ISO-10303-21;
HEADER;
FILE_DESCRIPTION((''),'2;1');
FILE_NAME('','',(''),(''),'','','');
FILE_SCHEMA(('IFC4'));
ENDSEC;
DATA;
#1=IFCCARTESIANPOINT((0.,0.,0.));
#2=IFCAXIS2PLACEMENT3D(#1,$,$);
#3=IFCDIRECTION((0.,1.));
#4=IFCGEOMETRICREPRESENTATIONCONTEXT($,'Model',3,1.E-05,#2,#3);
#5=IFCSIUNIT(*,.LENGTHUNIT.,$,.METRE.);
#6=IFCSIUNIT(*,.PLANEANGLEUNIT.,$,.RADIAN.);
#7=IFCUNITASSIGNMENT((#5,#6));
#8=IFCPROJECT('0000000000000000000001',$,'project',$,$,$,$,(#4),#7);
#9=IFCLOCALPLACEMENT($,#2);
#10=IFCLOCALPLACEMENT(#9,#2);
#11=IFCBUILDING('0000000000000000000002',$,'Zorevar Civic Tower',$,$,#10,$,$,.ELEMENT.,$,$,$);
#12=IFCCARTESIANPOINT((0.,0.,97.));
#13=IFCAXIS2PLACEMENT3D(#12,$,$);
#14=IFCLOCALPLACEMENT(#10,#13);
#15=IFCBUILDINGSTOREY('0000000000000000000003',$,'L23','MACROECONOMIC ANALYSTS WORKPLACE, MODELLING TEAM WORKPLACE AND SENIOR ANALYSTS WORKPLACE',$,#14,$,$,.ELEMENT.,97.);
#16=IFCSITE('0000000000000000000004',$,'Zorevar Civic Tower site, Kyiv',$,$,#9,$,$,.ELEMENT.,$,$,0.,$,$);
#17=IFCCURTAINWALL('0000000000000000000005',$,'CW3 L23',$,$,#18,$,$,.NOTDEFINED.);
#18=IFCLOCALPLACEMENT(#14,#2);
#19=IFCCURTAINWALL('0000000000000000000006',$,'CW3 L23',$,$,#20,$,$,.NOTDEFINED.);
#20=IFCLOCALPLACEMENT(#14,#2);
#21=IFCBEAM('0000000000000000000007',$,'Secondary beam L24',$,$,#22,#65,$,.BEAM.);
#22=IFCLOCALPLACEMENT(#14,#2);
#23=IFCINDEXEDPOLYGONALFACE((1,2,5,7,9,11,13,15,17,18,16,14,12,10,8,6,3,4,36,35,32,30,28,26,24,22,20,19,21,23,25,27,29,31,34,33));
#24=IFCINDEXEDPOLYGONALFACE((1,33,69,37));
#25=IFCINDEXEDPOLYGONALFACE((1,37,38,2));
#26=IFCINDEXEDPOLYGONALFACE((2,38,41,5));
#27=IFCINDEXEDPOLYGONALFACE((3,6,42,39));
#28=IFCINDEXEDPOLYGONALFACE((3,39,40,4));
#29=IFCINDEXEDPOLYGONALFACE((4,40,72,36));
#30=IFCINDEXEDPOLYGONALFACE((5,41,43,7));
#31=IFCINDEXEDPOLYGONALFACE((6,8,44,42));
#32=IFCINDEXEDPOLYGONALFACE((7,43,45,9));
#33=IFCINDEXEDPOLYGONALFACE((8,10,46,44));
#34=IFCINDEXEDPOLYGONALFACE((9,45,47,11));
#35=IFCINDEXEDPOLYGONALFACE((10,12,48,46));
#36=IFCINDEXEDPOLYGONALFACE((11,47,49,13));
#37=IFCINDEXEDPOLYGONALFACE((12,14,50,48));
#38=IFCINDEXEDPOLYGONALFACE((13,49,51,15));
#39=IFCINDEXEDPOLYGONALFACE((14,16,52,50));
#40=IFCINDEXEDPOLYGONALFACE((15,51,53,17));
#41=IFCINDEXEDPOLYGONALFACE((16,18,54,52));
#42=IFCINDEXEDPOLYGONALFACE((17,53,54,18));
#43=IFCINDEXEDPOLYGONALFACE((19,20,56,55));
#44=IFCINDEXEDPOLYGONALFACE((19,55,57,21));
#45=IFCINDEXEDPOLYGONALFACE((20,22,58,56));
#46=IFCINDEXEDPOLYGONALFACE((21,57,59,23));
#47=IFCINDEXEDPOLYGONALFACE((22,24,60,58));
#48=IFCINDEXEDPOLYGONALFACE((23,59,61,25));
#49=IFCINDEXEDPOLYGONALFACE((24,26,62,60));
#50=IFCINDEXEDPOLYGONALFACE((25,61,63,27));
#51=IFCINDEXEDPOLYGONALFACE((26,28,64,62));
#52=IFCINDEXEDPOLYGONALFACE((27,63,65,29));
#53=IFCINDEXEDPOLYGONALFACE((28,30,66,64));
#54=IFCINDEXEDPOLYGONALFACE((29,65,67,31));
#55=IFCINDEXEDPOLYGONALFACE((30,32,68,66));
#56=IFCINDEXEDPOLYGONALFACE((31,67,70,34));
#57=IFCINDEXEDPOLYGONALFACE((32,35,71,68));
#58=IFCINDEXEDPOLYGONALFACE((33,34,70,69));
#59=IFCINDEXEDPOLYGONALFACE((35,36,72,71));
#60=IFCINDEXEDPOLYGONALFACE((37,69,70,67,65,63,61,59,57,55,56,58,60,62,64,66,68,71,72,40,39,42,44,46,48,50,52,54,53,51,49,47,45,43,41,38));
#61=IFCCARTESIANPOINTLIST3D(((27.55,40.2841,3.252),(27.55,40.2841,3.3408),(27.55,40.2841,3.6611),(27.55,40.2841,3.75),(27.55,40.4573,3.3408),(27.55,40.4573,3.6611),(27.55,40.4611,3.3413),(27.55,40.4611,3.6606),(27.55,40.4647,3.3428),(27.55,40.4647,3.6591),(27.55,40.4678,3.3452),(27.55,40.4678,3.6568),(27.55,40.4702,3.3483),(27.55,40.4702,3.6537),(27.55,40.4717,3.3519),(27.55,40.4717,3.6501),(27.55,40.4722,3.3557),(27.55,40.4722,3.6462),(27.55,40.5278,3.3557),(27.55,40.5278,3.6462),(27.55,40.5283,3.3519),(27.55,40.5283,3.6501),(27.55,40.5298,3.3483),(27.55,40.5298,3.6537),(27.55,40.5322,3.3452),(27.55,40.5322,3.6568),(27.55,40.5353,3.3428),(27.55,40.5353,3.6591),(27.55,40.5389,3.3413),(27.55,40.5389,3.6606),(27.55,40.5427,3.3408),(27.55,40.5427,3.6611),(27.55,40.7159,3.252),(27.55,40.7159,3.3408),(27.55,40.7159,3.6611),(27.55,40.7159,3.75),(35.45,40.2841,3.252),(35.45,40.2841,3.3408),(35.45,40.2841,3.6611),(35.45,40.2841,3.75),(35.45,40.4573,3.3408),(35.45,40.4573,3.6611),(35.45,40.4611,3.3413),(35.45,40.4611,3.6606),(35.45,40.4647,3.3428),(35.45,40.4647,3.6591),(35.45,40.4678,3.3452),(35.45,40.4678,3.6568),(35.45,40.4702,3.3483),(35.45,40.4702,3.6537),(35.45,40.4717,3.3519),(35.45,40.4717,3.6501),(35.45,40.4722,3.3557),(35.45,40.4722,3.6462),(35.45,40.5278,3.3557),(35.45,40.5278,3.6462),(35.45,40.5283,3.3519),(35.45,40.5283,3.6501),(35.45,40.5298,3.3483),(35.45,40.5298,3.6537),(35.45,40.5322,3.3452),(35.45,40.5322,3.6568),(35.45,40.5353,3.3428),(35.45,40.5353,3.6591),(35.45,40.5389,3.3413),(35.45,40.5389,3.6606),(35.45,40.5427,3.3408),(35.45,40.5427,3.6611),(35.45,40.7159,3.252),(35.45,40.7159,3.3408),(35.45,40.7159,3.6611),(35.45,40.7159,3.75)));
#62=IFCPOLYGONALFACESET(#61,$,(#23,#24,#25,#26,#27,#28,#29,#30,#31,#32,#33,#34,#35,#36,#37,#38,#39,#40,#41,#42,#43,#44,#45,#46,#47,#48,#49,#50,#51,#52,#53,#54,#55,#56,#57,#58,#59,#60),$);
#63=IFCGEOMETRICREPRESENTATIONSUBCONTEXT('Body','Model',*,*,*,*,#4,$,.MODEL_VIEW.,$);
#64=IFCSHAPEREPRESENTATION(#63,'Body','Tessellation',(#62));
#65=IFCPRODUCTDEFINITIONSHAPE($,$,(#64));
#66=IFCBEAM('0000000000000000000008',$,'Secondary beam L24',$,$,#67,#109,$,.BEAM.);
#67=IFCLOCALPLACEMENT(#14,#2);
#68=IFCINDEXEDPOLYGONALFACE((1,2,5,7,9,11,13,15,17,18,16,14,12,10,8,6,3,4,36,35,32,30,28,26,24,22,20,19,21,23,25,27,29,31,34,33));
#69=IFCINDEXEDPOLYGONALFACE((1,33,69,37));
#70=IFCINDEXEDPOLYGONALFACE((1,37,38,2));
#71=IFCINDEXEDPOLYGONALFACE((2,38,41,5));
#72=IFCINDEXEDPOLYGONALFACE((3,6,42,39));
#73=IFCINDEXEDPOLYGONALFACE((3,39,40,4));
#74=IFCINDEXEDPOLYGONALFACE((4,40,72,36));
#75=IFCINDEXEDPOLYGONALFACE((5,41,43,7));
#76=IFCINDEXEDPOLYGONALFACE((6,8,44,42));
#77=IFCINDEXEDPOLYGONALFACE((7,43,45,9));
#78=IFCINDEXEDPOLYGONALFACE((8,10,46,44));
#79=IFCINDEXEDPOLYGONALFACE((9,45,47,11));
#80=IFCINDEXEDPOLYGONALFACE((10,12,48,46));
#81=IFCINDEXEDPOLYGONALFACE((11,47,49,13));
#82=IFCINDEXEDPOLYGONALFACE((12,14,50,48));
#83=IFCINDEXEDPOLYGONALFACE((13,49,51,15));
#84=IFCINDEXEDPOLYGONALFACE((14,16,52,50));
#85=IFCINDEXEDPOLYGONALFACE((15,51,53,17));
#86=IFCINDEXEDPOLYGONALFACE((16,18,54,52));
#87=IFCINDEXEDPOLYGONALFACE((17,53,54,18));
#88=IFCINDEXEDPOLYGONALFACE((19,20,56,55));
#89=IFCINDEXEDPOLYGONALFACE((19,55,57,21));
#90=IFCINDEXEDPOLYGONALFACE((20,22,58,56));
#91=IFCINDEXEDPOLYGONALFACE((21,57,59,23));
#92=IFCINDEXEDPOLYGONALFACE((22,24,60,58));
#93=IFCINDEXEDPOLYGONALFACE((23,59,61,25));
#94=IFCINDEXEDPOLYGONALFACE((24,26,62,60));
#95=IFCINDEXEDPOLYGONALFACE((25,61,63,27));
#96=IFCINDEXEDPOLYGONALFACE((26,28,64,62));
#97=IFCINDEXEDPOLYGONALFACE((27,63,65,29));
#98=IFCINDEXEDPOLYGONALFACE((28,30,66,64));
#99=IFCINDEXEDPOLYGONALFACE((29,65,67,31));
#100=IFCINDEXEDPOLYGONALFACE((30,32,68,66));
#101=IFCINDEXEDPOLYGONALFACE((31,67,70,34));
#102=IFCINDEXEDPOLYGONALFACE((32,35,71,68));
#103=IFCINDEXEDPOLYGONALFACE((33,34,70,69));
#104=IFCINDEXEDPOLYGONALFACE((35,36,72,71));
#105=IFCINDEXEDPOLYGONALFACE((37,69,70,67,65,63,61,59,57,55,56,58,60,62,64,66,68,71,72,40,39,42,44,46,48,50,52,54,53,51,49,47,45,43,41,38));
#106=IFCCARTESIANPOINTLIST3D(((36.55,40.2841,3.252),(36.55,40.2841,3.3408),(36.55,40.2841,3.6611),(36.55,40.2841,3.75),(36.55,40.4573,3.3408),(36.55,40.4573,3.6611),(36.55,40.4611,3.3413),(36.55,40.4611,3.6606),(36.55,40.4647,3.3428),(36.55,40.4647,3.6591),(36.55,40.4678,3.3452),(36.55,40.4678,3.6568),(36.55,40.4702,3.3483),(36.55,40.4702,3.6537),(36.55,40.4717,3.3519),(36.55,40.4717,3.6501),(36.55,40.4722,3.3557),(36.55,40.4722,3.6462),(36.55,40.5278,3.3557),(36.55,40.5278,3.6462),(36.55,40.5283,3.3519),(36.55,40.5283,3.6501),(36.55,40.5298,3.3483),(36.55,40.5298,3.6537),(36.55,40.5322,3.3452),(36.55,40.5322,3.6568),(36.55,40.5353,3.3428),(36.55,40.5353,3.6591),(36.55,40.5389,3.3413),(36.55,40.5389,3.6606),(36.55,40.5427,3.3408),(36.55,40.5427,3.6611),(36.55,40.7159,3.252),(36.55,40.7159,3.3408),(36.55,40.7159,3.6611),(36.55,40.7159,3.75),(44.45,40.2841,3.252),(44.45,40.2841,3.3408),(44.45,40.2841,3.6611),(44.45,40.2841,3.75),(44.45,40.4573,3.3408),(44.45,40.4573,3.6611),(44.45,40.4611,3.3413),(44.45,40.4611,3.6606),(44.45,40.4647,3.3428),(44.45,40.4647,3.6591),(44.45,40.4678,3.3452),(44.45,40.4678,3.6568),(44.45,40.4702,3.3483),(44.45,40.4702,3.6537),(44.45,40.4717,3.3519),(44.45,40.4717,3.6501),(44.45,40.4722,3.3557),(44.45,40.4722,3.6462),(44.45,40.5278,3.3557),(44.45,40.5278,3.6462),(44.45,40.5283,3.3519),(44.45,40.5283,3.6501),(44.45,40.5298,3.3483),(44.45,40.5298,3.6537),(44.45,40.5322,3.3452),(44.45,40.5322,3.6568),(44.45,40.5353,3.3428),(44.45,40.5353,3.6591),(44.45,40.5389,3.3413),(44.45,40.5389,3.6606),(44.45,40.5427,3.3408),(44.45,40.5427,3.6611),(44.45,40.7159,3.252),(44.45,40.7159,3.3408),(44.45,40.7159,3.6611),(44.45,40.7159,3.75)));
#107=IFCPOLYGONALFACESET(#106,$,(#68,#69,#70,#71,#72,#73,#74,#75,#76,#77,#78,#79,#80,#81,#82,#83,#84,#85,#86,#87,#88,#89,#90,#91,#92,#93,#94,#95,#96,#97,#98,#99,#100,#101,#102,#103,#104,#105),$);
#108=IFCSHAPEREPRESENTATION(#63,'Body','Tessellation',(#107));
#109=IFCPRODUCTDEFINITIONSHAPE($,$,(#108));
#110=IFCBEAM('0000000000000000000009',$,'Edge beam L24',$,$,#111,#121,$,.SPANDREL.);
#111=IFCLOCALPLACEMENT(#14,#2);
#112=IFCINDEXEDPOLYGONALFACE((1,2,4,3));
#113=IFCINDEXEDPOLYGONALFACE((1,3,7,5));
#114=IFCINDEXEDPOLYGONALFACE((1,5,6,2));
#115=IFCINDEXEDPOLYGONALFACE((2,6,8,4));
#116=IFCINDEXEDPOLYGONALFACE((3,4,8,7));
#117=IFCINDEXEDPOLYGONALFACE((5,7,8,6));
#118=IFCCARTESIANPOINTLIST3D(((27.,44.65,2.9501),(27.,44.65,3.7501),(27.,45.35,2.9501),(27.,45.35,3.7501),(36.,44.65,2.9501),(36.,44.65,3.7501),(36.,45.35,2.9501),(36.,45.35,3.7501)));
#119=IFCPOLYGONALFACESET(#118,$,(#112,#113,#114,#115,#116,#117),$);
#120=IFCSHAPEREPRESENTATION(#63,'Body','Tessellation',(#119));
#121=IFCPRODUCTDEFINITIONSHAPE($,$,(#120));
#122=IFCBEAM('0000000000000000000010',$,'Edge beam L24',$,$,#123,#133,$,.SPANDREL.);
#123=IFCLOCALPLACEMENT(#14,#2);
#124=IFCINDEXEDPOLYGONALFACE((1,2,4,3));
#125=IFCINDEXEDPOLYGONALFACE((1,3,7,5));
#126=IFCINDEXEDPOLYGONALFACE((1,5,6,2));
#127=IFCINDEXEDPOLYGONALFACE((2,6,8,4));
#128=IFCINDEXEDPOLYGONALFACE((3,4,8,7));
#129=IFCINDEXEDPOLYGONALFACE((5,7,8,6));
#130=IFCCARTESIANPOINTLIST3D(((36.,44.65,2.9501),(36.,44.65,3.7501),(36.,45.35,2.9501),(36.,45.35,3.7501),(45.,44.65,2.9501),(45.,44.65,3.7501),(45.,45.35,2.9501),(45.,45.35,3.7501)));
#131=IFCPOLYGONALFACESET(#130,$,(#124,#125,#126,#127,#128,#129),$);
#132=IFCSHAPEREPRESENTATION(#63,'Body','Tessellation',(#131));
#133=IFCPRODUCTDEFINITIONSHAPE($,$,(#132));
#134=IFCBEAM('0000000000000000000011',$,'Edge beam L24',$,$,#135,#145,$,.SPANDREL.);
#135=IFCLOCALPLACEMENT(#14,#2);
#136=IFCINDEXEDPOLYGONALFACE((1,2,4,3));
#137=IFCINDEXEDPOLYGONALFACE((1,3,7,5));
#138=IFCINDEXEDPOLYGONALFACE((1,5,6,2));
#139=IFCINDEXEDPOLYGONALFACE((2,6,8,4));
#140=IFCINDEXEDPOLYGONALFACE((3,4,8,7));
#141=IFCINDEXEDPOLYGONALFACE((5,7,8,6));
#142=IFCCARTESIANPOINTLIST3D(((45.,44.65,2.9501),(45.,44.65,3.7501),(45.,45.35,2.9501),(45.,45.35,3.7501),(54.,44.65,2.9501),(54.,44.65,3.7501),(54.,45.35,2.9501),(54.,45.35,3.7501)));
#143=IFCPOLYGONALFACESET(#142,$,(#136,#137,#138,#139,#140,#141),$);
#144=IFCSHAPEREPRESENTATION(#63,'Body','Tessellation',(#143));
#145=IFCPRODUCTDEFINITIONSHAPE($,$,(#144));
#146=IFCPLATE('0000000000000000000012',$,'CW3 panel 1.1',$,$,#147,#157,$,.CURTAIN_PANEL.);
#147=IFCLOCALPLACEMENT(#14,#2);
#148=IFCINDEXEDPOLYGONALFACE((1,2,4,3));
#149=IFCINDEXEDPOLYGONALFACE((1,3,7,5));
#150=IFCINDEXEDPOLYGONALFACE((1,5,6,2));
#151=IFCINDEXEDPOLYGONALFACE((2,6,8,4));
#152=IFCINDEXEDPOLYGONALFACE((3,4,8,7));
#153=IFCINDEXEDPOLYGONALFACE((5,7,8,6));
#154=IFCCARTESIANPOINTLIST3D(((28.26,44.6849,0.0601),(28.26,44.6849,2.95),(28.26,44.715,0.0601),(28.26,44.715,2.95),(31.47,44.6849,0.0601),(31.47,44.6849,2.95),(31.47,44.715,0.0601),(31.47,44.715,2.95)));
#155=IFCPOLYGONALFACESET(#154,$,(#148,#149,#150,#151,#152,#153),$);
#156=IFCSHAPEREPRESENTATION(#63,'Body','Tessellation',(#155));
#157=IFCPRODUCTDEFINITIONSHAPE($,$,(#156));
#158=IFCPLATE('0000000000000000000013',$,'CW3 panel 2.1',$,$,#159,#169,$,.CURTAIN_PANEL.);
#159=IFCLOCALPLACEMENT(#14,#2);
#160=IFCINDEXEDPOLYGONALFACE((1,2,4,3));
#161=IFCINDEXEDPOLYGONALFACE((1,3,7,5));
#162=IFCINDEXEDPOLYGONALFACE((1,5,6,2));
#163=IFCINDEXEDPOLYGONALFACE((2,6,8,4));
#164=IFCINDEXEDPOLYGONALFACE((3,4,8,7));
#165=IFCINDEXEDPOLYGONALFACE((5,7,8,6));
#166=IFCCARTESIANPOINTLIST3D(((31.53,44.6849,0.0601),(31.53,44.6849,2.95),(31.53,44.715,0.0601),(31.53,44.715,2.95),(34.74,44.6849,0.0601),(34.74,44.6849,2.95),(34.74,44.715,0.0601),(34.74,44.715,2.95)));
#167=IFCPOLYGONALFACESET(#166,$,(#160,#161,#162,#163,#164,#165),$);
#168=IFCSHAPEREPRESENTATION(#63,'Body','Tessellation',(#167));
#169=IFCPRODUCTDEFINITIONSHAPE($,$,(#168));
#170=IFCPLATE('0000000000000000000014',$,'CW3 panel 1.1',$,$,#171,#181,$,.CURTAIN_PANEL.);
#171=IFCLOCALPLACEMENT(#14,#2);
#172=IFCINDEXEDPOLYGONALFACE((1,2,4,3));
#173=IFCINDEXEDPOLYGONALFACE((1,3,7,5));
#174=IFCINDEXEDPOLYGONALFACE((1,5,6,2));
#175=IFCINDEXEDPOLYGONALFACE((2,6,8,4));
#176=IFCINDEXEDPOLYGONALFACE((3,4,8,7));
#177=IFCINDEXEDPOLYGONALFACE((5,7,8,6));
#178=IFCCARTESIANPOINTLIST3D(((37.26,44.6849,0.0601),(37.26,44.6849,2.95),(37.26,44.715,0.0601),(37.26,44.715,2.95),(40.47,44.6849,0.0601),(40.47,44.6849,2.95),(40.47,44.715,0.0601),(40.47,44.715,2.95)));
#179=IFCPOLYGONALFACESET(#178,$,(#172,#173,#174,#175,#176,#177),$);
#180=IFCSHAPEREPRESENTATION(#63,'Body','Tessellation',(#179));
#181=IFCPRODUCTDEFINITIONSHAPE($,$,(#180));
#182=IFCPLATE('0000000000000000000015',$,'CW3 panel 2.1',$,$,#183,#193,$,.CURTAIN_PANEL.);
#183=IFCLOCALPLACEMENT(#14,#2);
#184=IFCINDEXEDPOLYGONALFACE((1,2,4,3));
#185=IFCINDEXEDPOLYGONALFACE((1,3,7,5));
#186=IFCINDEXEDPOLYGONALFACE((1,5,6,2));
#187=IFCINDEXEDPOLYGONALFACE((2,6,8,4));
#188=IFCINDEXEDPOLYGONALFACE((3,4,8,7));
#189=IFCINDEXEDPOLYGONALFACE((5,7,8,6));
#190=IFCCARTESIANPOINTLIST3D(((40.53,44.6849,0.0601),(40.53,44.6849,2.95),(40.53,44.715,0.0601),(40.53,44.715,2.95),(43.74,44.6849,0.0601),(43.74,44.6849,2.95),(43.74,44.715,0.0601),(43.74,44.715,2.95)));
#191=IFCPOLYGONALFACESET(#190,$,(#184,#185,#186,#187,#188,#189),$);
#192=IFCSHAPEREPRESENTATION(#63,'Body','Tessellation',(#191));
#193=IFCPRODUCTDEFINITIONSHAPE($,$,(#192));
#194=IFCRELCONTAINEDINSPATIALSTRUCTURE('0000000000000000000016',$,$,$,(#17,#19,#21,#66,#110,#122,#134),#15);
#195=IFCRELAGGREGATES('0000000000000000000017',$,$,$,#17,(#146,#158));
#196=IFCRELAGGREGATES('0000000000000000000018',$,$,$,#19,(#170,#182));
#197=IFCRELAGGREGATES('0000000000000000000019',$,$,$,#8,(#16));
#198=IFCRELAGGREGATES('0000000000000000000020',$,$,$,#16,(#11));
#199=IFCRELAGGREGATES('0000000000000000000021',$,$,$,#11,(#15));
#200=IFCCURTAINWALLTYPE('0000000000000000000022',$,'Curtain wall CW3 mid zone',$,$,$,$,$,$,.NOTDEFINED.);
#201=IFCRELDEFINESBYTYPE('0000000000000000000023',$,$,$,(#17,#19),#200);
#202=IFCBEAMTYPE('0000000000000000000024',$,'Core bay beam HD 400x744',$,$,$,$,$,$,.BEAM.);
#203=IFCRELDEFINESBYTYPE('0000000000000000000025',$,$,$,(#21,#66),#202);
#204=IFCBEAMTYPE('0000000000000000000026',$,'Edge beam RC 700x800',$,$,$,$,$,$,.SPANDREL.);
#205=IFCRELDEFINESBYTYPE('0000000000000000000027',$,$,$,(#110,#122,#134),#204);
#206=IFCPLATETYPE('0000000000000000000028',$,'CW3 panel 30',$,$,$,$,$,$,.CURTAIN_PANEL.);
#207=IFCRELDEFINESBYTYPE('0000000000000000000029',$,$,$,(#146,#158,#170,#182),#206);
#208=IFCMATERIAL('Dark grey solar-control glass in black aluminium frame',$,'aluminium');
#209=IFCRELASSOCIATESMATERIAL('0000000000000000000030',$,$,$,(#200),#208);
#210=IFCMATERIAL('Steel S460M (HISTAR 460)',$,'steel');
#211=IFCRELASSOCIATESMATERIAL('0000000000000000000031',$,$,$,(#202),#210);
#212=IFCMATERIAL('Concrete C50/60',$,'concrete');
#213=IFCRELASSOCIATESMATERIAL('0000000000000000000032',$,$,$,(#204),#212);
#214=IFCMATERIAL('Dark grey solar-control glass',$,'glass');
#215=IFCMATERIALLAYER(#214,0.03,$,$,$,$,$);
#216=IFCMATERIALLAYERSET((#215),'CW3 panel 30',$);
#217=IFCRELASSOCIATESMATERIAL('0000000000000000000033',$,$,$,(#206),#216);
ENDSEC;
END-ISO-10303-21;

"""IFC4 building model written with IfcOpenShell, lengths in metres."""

from ifc_helpers import new_model, si_unit, direction, frame, origin, origin_2d, place, context, subcontext, project, spatial, rectangle, i_section, extrude, material, layer, layer_set, material_profile, profile_set, type_object, element, aggregate, save


model = new_model("IFC4")

# Units and contexts
model_context = context("Model", 3, precision=1e-05, world=origin(), true_north=direction((0.0, 1.0)))
body_context = subcontext(model_context, "Body", "Model", "MODEL_VIEW")
ifc_project = project(units=[si_unit("LENGTHUNIT", "METRE"), si_unit("PLANEANGLEUNIT", "RADIAN")], contexts=[model_context])

# Site, building, storey
site_placement = place(None, origin())
site = spatial("IfcSite", under=ifc_project, at=site_placement, Name="Zorevar Civic Tower site, Kyiv", CompositionType="ELEMENT", RefElevation=0.0)
building_placement = place(site_placement, origin())
building = spatial("IfcBuilding", under=site, at=building_placement, Name="Zorevar Civic Tower", CompositionType="ELEMENT")
storey_placement = place(building_placement, frame((0.0, 0.0, 97.0)))
storey = spatial("IfcBuildingStorey", under=building, at=storey_placement, Name="L23", Description="MACROECONOMIC ANALYSTS WORKPLACE, MODELLING TEAM WORKPLACE AND SENIOR ANALYSTS WORKPLACE", CompositionType="ELEMENT", Elevation=97.0)

# Curtain walls
ifc_material_1 = material(Name="Dark grey solar-control glass in black aluminium frame", Category="aluminium")
curtain_wall_type = type_object("IfcCurtainWallType", Name="Curtain wall CW3 mid zone", PredefinedType="NOTDEFINED", material=ifc_material_1)
curtain_wall_1_placement = place(storey_placement, origin())
curtain_wall_1 = element("IfcCurtainWall", 1, at=curtain_wall_1_placement, inside=storey, type_object=curtain_wall_type, Name="CW3 L23", PredefinedType="NOTDEFINED")
curtain_wall_2_placement = place(storey_placement, origin())
curtain_wall_2 = element("IfcCurtainWall", 2, at=curtain_wall_2_placement, inside=storey, type_object=curtain_wall_type, Name="CW3 L23", PredefinedType="NOTDEFINED")

# Beams
ifc_material_2 = material(Name="Steel S460M (HISTAR 460)", Category="steel")
ifc_material_profile_1 = material_profile(ifc_material_2, i_section(OverallWidth=0.4319, OverallDepth=0.498, WebThickness=0.0557, FlangeThickness=0.0889, FilletRadius=0.0149, at=origin_2d()), Name="HD 400x744")
ifc_profile_set_1 = profile_set([ifc_material_profile_1], Name="Steel S460M (HISTAR 460)")
beam_type_1 = type_object("IfcBeamType", Name="Core bay beam HD 400x744", PredefinedType="BEAM", material=ifc_profile_set_1)
for number, where, z_axis, x_axis, name in (
    (3, (27.55, 40.5, 3.501), (1.0, 0.0, 0.0), (0.0, 1.0, 0.0), "Secondary beam L24"),
    (4, (36.55, 40.5, 3.501), (1.0, 0.0, 0.0), (0.0, 1.0, 0.0), "Secondary beam L24"),
):
    element("IfcBeam", number, at=place(storey_placement, frame(where, z_axis=z_axis, x_axis=x_axis)), inside=storey, type_object=beam_type_1, Name=name, PredefinedType="BEAM", context=body_context, shape_type="SweptSolid", body=[
        extrude(i_section(OverallWidth=0.4319, OverallDepth=0.498, WebThickness=0.0557, FlangeThickness=0.0889, FilletRadius=0.0149, at=origin_2d()), origin(), (0.0, 0.0, 1.0), 7.8999),
    ])
ifc_material_3 = material(Name="Concrete C50/60", Category="concrete")
ifc_material_profile_2 = material_profile(ifc_material_3, rectangle(XDim=0.7, YDim=0.8, at=origin_2d()), Name="RC 700x800")
ifc_profile_set_2 = profile_set([ifc_material_profile_2], Name="Concrete C50/60")
beam_type_2 = type_object("IfcBeamType", Name="Edge beam RC 700x800", PredefinedType="SPANDREL", material=ifc_profile_set_2)
for number, where, z_axis, x_axis, name in (
    (5, (27.0, 45.0, 3.3501), (1.0, 0.0, 0.0), (0.0, 1.0, 0.0), "Edge beam L24"),
    (6, (36.0, 45.0, 3.3501), (1.0, 0.0, 0.0), (0.0, 1.0, 0.0), "Edge beam L24"),
    (7, (45.0, 45.0, 3.3501), (1.0, 0.0, 0.0), (0.0, 1.0, 0.0), "Edge beam L24"),
):
    element("IfcBeam", number, at=place(storey_placement, frame(where, z_axis=z_axis, x_axis=x_axis)), inside=storey, type_object=beam_type_2, Name=name, PredefinedType="SPANDREL", context=body_context, shape_type="SweptSolid", body=[
        extrude(rectangle(XDim=0.7, YDim=0.8, at=origin_2d()), origin(), (0.0, 0.0, 1.0), 9.0),
    ])

# Plates
ifc_material_4 = material(Name="Dark grey solar-control glass", Category="glass")
ifc_layer_1 = layer(ifc_material_4, 0.03)
ifc_layer_set_1 = layer_set([ifc_layer_1], Name="CW3 panel 30")
plate_type = type_object("IfcPlateType", Name="CW3 panel 30", PredefinedType="CURTAIN_PANEL", material=ifc_layer_set_1)
plate_1_placement = place(storey_placement, frame((29.865, 44.7, 0.0601), z_axis=(0.0, 0.0, 1.0), x_axis=(1.0, 0.0, 0.0)))
plate_1 = element("IfcPlate", 8, at=plate_1_placement, type_object=plate_type, Name="CW3 panel 1.1", PredefinedType="CURTAIN_PANEL", context=body_context, shape_type="SweptSolid", body=[
    extrude(rectangle(XDim=3.21, YDim=0.03, at=origin_2d()), origin(), (0.0, 0.0, 1.0), 2.8899),
])
plate_2_placement = place(storey_placement, frame((33.135, 44.7, 0.0601), z_axis=(0.0, 0.0, 1.0), x_axis=(1.0, 0.0, 0.0)))
plate_2 = element("IfcPlate", 9, at=plate_2_placement, type_object=plate_type, Name="CW3 panel 2.1", PredefinedType="CURTAIN_PANEL", context=body_context, shape_type="SweptSolid", body=[
    extrude(rectangle(XDim=3.21, YDim=0.03, at=origin_2d()), origin(), (0.0, 0.0, 1.0), 2.8899),
])
aggregate(curtain_wall_1, [plate_1, plate_2])
plate_3_placement = place(storey_placement, frame((38.865, 44.7, 0.0601), z_axis=(0.0, 0.0, 1.0), x_axis=(1.0, 0.0, 0.0)))
plate_3 = element("IfcPlate", 10, at=plate_3_placement, type_object=plate_type, Name="CW3 panel 1.1", PredefinedType="CURTAIN_PANEL", context=body_context, shape_type="SweptSolid", body=[
    extrude(rectangle(XDim=3.21, YDim=0.03, at=origin_2d()), origin(), (0.0, 0.0, 1.0), 2.8899),
])
plate_4_placement = place(storey_placement, frame((42.135, 44.7, 0.0601), z_axis=(0.0, 0.0, 1.0), x_axis=(1.0, 0.0, 0.0)))
plate_4 = element("IfcPlate", 11, at=plate_4_placement, type_object=plate_type, Name="CW3 panel 2.1", PredefinedType="CURTAIN_PANEL", context=body_context, shape_type="SweptSolid", body=[
    extrude(rectangle(XDim=3.21, YDim=0.03, at=origin_2d()), origin(), (0.0, 0.0, 1.0), 2.8899),
])
aggregate(curtain_wall_2, [plate_3, plate_4])

save(model, "model.ifc")
